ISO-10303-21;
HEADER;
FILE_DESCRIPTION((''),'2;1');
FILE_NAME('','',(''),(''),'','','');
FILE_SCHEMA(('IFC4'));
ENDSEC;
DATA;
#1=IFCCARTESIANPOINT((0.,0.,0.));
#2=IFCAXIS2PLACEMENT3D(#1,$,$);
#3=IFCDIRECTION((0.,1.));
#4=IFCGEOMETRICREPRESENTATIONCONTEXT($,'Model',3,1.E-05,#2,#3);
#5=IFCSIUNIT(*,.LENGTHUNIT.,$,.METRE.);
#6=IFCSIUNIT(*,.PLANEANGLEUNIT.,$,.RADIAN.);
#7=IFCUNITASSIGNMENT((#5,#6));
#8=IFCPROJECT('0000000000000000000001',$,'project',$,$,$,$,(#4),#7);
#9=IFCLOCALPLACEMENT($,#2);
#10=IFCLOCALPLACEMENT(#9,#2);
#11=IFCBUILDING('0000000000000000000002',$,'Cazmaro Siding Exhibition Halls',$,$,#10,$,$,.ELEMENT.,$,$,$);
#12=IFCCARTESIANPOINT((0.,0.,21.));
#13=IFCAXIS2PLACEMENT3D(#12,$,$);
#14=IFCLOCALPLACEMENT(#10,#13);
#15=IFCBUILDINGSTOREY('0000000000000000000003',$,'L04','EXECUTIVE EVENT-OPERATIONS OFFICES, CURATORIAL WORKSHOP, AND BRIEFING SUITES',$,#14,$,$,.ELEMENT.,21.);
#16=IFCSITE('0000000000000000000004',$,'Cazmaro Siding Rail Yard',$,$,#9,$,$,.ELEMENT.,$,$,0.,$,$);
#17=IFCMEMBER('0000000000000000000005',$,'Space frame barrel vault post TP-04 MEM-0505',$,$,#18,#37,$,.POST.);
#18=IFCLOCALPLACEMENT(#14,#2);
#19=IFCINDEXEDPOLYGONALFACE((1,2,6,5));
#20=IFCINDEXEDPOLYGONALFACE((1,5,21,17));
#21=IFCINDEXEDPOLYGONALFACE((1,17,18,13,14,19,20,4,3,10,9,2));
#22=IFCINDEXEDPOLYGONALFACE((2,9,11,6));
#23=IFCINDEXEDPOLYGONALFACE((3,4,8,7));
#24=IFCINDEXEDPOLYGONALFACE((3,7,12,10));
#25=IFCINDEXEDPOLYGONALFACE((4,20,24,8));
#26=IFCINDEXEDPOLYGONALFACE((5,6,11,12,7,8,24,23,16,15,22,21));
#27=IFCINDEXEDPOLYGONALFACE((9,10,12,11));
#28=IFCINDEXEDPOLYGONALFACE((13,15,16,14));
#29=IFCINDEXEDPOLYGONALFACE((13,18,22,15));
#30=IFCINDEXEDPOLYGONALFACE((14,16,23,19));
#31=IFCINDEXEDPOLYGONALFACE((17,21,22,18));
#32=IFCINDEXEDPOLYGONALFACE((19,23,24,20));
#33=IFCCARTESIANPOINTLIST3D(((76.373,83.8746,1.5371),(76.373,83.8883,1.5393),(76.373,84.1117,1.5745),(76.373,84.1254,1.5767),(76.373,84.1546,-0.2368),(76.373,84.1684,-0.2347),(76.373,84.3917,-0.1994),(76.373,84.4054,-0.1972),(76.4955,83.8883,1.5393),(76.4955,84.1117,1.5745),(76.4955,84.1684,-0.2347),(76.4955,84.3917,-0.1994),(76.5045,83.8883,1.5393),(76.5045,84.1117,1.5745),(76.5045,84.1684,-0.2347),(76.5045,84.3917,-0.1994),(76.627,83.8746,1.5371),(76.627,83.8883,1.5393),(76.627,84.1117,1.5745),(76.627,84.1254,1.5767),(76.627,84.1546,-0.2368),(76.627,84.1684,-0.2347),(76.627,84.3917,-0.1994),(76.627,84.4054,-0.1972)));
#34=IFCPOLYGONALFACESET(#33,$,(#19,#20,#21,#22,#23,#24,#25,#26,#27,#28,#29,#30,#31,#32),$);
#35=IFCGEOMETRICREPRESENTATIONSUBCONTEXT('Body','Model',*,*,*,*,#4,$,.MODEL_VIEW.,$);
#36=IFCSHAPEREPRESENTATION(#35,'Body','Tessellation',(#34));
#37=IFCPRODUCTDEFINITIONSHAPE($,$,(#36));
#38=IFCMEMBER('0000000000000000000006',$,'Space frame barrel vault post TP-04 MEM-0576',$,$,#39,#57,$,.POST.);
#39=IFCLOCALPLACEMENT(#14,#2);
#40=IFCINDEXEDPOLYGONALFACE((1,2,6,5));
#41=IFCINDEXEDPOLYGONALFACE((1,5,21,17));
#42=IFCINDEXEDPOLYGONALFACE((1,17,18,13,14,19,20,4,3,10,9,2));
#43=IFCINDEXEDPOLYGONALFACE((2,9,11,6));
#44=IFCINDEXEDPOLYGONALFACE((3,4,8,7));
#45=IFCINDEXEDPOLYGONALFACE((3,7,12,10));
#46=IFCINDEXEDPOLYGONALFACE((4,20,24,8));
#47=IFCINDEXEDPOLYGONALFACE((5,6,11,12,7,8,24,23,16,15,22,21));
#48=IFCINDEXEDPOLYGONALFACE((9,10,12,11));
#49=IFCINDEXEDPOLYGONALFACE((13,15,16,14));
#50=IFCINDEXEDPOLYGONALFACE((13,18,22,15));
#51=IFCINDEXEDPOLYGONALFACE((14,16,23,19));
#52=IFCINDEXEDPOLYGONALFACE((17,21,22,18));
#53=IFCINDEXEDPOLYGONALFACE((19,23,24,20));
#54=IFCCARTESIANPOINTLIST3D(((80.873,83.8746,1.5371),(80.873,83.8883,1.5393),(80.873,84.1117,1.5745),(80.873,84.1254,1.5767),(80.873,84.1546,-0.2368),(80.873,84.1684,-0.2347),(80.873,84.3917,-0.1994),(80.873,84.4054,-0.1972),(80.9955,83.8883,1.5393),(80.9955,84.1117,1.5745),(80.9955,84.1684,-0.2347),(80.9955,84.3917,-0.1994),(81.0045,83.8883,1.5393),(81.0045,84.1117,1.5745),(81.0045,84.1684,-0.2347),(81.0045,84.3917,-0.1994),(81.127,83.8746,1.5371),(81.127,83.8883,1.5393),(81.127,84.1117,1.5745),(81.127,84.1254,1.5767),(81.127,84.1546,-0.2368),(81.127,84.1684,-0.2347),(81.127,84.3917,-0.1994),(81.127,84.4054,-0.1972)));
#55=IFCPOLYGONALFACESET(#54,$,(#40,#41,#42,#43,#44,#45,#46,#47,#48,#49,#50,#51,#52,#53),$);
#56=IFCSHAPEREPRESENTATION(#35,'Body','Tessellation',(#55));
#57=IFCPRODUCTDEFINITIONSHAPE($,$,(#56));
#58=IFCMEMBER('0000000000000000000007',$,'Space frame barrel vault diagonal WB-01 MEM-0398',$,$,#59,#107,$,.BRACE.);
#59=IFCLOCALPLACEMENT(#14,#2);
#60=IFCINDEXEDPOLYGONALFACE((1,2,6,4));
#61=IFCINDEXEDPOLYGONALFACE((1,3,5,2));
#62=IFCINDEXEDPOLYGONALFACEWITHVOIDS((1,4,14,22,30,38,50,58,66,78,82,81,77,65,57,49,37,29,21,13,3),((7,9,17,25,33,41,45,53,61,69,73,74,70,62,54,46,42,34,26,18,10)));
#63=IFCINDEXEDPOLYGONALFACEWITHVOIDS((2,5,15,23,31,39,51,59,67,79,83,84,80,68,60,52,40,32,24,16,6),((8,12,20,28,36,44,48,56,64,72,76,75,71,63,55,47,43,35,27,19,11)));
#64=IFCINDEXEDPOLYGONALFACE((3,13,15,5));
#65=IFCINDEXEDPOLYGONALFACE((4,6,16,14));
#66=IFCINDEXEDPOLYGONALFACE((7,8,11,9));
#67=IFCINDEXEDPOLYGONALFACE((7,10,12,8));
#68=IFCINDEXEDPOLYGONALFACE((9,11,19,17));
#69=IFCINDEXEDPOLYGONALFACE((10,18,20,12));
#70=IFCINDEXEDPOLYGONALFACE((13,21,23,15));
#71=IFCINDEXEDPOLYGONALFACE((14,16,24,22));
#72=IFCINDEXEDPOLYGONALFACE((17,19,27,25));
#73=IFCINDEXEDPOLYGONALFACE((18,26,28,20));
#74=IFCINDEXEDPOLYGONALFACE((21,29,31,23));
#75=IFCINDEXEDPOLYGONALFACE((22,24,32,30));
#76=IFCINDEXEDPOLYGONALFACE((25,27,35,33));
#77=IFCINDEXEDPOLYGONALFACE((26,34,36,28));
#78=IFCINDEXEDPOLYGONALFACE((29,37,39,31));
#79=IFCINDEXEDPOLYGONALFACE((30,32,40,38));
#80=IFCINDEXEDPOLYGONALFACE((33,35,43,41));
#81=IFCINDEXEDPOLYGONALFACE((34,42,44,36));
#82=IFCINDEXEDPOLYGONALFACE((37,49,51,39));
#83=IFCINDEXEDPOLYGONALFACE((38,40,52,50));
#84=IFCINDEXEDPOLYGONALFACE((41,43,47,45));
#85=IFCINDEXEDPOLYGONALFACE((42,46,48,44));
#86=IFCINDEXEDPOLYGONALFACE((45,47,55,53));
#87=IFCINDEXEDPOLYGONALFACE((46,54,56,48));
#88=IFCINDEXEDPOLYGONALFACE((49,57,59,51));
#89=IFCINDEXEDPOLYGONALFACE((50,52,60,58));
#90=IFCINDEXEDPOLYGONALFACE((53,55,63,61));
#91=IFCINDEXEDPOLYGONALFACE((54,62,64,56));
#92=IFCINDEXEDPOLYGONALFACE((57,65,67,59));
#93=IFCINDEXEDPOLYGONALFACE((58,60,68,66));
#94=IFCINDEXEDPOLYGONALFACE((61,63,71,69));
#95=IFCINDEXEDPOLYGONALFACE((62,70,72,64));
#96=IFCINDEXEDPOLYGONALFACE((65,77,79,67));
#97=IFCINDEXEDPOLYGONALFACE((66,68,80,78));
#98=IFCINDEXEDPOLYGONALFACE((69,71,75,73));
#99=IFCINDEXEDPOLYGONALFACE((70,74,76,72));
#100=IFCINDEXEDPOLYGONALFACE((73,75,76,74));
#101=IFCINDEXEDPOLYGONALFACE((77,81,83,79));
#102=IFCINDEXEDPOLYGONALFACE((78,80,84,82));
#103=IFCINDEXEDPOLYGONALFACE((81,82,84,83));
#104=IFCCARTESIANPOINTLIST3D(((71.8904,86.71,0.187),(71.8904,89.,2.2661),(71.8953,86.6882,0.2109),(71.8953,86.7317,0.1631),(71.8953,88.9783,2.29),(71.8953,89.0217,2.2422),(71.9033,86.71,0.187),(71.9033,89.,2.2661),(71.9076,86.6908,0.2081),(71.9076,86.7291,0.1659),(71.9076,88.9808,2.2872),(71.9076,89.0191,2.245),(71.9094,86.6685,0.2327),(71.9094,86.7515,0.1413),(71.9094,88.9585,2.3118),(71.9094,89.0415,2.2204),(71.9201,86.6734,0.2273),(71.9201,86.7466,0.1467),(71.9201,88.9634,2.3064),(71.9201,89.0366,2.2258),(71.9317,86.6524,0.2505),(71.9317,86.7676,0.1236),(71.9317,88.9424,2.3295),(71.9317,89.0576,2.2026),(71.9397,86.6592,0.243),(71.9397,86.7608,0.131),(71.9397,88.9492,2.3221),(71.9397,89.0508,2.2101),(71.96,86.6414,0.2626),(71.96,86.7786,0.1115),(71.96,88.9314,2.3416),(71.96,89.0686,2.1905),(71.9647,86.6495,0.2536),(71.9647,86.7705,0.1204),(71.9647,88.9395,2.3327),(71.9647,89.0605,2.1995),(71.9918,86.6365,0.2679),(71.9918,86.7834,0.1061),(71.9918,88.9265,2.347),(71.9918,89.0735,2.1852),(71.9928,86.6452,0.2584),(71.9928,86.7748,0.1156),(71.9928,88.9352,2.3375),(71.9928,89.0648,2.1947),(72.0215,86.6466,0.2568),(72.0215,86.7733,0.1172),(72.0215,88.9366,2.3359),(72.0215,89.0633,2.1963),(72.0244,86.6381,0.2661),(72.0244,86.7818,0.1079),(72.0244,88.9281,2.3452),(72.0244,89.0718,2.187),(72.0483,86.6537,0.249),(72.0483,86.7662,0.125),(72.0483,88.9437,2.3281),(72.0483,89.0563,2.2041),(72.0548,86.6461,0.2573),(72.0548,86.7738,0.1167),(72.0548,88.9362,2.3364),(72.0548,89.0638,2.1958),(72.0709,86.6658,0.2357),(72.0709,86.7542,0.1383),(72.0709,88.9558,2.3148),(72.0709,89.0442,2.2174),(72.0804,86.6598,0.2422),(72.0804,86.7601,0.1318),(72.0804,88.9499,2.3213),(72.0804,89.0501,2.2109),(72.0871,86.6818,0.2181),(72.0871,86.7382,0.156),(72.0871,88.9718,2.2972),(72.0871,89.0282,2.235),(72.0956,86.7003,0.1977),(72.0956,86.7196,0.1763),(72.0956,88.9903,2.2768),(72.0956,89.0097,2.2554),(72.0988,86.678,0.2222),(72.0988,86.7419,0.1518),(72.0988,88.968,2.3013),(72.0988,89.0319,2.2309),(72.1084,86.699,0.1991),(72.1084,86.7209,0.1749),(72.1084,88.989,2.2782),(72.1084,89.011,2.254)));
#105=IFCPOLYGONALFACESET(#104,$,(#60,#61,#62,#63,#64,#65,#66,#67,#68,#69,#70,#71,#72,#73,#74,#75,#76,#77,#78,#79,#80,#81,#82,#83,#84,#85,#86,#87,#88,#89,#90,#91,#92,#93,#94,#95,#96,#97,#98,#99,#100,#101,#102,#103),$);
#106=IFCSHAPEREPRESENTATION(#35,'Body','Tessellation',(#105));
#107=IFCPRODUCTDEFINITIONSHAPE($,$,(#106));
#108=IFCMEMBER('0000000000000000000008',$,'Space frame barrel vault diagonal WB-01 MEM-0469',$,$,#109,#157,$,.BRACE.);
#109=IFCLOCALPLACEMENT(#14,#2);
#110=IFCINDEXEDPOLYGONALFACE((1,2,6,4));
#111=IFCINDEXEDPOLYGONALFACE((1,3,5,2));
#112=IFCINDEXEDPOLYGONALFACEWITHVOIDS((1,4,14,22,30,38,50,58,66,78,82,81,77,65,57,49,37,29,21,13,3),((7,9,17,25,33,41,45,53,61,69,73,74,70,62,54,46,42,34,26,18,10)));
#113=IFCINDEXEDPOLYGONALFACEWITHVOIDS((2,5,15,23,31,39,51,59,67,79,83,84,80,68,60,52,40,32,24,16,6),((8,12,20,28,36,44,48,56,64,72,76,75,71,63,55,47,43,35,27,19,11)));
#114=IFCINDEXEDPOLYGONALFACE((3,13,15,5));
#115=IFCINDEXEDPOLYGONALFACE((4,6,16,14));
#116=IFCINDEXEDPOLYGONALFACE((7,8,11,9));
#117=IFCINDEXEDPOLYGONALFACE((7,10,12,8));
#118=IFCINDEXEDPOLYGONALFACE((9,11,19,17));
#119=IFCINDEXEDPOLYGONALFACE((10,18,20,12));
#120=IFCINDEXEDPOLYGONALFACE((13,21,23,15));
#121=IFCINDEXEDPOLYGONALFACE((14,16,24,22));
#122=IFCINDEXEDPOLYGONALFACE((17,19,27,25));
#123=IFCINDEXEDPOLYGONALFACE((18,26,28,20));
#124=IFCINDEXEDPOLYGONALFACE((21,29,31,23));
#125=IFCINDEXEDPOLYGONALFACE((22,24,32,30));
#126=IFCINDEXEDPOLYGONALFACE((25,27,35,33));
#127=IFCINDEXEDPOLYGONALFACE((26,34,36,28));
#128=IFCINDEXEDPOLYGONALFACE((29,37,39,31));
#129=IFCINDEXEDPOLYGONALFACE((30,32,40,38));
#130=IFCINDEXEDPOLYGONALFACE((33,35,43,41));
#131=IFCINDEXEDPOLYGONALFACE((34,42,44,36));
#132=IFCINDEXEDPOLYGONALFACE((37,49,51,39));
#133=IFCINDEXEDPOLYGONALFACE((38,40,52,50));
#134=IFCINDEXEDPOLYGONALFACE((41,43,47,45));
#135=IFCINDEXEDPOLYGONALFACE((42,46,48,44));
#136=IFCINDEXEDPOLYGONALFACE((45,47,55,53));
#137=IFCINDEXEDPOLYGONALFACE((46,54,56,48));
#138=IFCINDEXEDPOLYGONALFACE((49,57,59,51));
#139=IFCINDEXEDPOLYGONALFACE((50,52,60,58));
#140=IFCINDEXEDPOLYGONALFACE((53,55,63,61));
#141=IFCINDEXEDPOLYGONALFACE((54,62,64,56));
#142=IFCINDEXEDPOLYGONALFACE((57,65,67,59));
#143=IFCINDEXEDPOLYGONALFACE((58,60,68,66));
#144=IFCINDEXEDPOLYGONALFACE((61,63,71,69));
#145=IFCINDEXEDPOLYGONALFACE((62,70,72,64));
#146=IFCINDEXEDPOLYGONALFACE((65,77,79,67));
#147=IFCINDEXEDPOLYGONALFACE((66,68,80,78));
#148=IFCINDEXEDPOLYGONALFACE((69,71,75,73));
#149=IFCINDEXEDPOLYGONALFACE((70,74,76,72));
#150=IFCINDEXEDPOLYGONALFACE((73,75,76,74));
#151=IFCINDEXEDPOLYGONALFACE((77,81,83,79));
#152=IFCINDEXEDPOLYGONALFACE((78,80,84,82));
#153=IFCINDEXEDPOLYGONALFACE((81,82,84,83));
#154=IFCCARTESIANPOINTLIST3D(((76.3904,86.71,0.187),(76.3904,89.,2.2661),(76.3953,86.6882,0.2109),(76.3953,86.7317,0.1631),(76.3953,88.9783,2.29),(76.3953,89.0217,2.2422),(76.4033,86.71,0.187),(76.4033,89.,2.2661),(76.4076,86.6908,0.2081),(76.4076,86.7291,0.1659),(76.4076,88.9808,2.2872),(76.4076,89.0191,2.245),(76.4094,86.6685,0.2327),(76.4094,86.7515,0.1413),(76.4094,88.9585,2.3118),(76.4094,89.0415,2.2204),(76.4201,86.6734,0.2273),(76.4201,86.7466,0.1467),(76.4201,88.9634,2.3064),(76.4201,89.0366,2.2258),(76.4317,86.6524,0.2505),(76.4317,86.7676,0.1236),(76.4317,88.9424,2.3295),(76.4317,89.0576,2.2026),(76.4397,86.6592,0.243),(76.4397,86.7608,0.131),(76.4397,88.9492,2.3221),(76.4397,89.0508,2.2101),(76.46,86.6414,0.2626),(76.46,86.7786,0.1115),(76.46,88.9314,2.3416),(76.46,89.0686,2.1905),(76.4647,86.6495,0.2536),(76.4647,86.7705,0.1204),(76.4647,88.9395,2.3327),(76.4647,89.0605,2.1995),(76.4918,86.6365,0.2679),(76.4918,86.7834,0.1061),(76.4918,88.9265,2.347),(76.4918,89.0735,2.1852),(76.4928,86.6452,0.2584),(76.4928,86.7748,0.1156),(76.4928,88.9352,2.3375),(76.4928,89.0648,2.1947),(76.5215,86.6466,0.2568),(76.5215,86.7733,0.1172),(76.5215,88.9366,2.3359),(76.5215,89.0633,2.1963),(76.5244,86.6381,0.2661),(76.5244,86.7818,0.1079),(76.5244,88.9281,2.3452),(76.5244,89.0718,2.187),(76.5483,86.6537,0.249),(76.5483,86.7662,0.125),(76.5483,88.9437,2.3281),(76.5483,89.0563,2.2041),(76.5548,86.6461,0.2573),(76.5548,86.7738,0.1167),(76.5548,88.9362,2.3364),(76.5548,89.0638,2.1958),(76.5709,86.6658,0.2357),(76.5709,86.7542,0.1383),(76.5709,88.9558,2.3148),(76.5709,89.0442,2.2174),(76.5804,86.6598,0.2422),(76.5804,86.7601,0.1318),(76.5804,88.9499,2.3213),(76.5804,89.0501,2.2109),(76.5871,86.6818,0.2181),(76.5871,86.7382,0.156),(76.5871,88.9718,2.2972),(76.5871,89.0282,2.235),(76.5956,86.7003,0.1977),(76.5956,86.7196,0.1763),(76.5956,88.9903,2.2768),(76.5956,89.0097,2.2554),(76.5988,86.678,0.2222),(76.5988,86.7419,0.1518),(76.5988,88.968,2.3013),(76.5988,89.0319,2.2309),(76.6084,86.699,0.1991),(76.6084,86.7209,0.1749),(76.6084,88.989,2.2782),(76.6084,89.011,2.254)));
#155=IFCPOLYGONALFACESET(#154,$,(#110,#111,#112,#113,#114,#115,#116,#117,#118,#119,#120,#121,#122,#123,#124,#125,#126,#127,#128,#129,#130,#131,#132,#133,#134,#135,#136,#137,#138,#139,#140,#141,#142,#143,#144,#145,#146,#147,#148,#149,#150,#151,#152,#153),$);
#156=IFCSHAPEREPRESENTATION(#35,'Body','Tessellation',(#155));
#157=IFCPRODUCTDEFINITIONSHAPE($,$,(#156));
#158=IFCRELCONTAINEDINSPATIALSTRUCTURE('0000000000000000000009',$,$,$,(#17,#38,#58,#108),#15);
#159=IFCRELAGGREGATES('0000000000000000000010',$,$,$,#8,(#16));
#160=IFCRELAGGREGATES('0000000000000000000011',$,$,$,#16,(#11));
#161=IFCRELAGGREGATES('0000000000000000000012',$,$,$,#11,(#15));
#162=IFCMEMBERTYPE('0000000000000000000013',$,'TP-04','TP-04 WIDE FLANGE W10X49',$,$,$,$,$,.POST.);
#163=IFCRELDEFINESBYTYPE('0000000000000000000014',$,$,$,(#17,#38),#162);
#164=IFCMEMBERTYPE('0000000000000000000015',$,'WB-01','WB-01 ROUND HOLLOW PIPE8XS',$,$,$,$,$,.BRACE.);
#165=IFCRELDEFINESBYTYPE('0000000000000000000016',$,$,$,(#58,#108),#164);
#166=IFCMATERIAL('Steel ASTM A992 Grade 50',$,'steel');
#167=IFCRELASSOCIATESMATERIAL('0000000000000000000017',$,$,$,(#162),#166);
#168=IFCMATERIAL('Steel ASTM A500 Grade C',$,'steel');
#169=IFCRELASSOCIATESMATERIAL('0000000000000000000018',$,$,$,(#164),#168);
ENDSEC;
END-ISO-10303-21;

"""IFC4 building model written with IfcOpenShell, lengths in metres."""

from ifc_helpers import new_model, si_unit, direction, frame, origin, origin_2d, place, context, subcontext, project, spatial, hollow_circle, i_section, extrude, material, material_profile, profile_set, type_object, element, save


model = new_model("IFC4")

# Units and contexts
model_context = context("Model", 3, precision=1e-05, world=origin(), true_north=direction((0.0, 1.0)))
body_context = subcontext(model_context, "Body", "Model", "MODEL_VIEW")
ifc_project = project(units=[si_unit("LENGTHUNIT", "METRE"), si_unit("PLANEANGLEUNIT", "RADIAN")], contexts=[model_context])

# Site, building, storey
site_placement = place(None, origin())
site = spatial("IfcSite", under=ifc_project, at=site_placement, Name="Cazmaro Siding Rail Yard", CompositionType="ELEMENT", RefElevation=0.0)
building_placement = place(site_placement, origin())
building = spatial("IfcBuilding", under=site, at=building_placement, Name="Cazmaro Siding Exhibition Halls", CompositionType="ELEMENT")
storey_placement = place(building_placement, frame((0.0, 0.0, 21.0)))
storey = spatial("IfcBuildingStorey", under=building, at=storey_placement, Name="L04", Description="EXECUTIVE EVENT-OPERATIONS OFFICES, CURATORIAL WORKSHOP, AND BRIEFING SUITES", CompositionType="ELEMENT", Elevation=21.0)

# Members
ifc_material_1 = material(Name="Steel ASTM A992 Grade 50", Category="steel")
ifc_material_profile_1 = material_profile(ifc_material_1, i_section(OverallWidth=0.2539, OverallDepth=0.2539, WebThickness=0.009, FlangeThickness=0.0139, at=origin_2d()), Name="W10X49")
ifc_profile_set_1 = profile_set([ifc_material_profile_1], Name="Steel ASTM A992 Grade 50")
member_type_1 = type_object("IfcMemberType", Name="TP-04", Description="TP-04 WIDE FLANGE W10X49", PredefinedType="POST", material=ifc_profile_set_1)
for number, where, z_axis, x_axis, name in (
    (1, (76.5, 84.28, -0.217), (0.0, -0.155928, 0.987768), (1.0, 0.0, 0.0), "Space frame barrel vault post TP-04 MEM-0505"),
    (2, (81.0, 84.28, -0.217), (0.0, -0.155928, 0.987768), (1.0, 0.0, 0.0), "Space frame barrel vault post TP-04 MEM-0576"),
):
    element("IfcMember", number, at=place(storey_placement, frame(where, z_axis=z_axis, x_axis=x_axis)), inside=storey, type_object=member_type_1, Name=name, PredefinedType="POST", context=body_context, shape_type="SweptSolid", body=[
        extrude(i_section(OverallWidth=0.2539, OverallDepth=0.2539, WebThickness=0.009, FlangeThickness=0.0139, at=origin_2d()), origin(), (0.0, 0.0, 1.0), 1.7959),
    ])
ifc_material_2 = material(Name="Steel ASTM A500 Grade C", Category="steel")
ifc_material_profile_2 = material_profile(ifc_material_2, hollow_circle(Radius=0.1096, WallThickness=0.0129, at=origin_2d()), Name="PIPE8XS")
ifc_profile_set_2 = profile_set([ifc_material_profile_2], Name="Steel ASTM A500 Grade C")
member_type_2 = type_object("IfcMemberType", Name="WB-01", Description="WB-01 ROUND HOLLOW PIPE8XS", PredefinedType="BRACE", material=ifc_profile_set_2)
for number, where, z_axis, x_axis, name in (
    (3, (72.0, 86.71, 0.187), (0.0, 0.740383, 0.672185), (-1.0, 0.0, 0.0), "Space frame barrel vault diagonal WB-01 MEM-0398"),
    (4, (76.5, 86.71, 0.187), (0.0, 0.740383, 0.672185), (-1.0, 0.0, 0.0), "Space frame barrel vault diagonal WB-01 MEM-0469"),
):
    element("IfcMember", number, at=place(storey_placement, frame(where, z_axis=z_axis, x_axis=x_axis)), inside=storey, type_object=member_type_2, Name=name, PredefinedType="BRACE", context=body_context, shape_type="SweptSolid", body=[
        extrude(hollow_circle(Radius=0.1096, WallThickness=0.0129, at=origin_2d()), origin(), (0.0, 0.0, 1.0), 3.093),
    ])

save(model, "model.ifc")
